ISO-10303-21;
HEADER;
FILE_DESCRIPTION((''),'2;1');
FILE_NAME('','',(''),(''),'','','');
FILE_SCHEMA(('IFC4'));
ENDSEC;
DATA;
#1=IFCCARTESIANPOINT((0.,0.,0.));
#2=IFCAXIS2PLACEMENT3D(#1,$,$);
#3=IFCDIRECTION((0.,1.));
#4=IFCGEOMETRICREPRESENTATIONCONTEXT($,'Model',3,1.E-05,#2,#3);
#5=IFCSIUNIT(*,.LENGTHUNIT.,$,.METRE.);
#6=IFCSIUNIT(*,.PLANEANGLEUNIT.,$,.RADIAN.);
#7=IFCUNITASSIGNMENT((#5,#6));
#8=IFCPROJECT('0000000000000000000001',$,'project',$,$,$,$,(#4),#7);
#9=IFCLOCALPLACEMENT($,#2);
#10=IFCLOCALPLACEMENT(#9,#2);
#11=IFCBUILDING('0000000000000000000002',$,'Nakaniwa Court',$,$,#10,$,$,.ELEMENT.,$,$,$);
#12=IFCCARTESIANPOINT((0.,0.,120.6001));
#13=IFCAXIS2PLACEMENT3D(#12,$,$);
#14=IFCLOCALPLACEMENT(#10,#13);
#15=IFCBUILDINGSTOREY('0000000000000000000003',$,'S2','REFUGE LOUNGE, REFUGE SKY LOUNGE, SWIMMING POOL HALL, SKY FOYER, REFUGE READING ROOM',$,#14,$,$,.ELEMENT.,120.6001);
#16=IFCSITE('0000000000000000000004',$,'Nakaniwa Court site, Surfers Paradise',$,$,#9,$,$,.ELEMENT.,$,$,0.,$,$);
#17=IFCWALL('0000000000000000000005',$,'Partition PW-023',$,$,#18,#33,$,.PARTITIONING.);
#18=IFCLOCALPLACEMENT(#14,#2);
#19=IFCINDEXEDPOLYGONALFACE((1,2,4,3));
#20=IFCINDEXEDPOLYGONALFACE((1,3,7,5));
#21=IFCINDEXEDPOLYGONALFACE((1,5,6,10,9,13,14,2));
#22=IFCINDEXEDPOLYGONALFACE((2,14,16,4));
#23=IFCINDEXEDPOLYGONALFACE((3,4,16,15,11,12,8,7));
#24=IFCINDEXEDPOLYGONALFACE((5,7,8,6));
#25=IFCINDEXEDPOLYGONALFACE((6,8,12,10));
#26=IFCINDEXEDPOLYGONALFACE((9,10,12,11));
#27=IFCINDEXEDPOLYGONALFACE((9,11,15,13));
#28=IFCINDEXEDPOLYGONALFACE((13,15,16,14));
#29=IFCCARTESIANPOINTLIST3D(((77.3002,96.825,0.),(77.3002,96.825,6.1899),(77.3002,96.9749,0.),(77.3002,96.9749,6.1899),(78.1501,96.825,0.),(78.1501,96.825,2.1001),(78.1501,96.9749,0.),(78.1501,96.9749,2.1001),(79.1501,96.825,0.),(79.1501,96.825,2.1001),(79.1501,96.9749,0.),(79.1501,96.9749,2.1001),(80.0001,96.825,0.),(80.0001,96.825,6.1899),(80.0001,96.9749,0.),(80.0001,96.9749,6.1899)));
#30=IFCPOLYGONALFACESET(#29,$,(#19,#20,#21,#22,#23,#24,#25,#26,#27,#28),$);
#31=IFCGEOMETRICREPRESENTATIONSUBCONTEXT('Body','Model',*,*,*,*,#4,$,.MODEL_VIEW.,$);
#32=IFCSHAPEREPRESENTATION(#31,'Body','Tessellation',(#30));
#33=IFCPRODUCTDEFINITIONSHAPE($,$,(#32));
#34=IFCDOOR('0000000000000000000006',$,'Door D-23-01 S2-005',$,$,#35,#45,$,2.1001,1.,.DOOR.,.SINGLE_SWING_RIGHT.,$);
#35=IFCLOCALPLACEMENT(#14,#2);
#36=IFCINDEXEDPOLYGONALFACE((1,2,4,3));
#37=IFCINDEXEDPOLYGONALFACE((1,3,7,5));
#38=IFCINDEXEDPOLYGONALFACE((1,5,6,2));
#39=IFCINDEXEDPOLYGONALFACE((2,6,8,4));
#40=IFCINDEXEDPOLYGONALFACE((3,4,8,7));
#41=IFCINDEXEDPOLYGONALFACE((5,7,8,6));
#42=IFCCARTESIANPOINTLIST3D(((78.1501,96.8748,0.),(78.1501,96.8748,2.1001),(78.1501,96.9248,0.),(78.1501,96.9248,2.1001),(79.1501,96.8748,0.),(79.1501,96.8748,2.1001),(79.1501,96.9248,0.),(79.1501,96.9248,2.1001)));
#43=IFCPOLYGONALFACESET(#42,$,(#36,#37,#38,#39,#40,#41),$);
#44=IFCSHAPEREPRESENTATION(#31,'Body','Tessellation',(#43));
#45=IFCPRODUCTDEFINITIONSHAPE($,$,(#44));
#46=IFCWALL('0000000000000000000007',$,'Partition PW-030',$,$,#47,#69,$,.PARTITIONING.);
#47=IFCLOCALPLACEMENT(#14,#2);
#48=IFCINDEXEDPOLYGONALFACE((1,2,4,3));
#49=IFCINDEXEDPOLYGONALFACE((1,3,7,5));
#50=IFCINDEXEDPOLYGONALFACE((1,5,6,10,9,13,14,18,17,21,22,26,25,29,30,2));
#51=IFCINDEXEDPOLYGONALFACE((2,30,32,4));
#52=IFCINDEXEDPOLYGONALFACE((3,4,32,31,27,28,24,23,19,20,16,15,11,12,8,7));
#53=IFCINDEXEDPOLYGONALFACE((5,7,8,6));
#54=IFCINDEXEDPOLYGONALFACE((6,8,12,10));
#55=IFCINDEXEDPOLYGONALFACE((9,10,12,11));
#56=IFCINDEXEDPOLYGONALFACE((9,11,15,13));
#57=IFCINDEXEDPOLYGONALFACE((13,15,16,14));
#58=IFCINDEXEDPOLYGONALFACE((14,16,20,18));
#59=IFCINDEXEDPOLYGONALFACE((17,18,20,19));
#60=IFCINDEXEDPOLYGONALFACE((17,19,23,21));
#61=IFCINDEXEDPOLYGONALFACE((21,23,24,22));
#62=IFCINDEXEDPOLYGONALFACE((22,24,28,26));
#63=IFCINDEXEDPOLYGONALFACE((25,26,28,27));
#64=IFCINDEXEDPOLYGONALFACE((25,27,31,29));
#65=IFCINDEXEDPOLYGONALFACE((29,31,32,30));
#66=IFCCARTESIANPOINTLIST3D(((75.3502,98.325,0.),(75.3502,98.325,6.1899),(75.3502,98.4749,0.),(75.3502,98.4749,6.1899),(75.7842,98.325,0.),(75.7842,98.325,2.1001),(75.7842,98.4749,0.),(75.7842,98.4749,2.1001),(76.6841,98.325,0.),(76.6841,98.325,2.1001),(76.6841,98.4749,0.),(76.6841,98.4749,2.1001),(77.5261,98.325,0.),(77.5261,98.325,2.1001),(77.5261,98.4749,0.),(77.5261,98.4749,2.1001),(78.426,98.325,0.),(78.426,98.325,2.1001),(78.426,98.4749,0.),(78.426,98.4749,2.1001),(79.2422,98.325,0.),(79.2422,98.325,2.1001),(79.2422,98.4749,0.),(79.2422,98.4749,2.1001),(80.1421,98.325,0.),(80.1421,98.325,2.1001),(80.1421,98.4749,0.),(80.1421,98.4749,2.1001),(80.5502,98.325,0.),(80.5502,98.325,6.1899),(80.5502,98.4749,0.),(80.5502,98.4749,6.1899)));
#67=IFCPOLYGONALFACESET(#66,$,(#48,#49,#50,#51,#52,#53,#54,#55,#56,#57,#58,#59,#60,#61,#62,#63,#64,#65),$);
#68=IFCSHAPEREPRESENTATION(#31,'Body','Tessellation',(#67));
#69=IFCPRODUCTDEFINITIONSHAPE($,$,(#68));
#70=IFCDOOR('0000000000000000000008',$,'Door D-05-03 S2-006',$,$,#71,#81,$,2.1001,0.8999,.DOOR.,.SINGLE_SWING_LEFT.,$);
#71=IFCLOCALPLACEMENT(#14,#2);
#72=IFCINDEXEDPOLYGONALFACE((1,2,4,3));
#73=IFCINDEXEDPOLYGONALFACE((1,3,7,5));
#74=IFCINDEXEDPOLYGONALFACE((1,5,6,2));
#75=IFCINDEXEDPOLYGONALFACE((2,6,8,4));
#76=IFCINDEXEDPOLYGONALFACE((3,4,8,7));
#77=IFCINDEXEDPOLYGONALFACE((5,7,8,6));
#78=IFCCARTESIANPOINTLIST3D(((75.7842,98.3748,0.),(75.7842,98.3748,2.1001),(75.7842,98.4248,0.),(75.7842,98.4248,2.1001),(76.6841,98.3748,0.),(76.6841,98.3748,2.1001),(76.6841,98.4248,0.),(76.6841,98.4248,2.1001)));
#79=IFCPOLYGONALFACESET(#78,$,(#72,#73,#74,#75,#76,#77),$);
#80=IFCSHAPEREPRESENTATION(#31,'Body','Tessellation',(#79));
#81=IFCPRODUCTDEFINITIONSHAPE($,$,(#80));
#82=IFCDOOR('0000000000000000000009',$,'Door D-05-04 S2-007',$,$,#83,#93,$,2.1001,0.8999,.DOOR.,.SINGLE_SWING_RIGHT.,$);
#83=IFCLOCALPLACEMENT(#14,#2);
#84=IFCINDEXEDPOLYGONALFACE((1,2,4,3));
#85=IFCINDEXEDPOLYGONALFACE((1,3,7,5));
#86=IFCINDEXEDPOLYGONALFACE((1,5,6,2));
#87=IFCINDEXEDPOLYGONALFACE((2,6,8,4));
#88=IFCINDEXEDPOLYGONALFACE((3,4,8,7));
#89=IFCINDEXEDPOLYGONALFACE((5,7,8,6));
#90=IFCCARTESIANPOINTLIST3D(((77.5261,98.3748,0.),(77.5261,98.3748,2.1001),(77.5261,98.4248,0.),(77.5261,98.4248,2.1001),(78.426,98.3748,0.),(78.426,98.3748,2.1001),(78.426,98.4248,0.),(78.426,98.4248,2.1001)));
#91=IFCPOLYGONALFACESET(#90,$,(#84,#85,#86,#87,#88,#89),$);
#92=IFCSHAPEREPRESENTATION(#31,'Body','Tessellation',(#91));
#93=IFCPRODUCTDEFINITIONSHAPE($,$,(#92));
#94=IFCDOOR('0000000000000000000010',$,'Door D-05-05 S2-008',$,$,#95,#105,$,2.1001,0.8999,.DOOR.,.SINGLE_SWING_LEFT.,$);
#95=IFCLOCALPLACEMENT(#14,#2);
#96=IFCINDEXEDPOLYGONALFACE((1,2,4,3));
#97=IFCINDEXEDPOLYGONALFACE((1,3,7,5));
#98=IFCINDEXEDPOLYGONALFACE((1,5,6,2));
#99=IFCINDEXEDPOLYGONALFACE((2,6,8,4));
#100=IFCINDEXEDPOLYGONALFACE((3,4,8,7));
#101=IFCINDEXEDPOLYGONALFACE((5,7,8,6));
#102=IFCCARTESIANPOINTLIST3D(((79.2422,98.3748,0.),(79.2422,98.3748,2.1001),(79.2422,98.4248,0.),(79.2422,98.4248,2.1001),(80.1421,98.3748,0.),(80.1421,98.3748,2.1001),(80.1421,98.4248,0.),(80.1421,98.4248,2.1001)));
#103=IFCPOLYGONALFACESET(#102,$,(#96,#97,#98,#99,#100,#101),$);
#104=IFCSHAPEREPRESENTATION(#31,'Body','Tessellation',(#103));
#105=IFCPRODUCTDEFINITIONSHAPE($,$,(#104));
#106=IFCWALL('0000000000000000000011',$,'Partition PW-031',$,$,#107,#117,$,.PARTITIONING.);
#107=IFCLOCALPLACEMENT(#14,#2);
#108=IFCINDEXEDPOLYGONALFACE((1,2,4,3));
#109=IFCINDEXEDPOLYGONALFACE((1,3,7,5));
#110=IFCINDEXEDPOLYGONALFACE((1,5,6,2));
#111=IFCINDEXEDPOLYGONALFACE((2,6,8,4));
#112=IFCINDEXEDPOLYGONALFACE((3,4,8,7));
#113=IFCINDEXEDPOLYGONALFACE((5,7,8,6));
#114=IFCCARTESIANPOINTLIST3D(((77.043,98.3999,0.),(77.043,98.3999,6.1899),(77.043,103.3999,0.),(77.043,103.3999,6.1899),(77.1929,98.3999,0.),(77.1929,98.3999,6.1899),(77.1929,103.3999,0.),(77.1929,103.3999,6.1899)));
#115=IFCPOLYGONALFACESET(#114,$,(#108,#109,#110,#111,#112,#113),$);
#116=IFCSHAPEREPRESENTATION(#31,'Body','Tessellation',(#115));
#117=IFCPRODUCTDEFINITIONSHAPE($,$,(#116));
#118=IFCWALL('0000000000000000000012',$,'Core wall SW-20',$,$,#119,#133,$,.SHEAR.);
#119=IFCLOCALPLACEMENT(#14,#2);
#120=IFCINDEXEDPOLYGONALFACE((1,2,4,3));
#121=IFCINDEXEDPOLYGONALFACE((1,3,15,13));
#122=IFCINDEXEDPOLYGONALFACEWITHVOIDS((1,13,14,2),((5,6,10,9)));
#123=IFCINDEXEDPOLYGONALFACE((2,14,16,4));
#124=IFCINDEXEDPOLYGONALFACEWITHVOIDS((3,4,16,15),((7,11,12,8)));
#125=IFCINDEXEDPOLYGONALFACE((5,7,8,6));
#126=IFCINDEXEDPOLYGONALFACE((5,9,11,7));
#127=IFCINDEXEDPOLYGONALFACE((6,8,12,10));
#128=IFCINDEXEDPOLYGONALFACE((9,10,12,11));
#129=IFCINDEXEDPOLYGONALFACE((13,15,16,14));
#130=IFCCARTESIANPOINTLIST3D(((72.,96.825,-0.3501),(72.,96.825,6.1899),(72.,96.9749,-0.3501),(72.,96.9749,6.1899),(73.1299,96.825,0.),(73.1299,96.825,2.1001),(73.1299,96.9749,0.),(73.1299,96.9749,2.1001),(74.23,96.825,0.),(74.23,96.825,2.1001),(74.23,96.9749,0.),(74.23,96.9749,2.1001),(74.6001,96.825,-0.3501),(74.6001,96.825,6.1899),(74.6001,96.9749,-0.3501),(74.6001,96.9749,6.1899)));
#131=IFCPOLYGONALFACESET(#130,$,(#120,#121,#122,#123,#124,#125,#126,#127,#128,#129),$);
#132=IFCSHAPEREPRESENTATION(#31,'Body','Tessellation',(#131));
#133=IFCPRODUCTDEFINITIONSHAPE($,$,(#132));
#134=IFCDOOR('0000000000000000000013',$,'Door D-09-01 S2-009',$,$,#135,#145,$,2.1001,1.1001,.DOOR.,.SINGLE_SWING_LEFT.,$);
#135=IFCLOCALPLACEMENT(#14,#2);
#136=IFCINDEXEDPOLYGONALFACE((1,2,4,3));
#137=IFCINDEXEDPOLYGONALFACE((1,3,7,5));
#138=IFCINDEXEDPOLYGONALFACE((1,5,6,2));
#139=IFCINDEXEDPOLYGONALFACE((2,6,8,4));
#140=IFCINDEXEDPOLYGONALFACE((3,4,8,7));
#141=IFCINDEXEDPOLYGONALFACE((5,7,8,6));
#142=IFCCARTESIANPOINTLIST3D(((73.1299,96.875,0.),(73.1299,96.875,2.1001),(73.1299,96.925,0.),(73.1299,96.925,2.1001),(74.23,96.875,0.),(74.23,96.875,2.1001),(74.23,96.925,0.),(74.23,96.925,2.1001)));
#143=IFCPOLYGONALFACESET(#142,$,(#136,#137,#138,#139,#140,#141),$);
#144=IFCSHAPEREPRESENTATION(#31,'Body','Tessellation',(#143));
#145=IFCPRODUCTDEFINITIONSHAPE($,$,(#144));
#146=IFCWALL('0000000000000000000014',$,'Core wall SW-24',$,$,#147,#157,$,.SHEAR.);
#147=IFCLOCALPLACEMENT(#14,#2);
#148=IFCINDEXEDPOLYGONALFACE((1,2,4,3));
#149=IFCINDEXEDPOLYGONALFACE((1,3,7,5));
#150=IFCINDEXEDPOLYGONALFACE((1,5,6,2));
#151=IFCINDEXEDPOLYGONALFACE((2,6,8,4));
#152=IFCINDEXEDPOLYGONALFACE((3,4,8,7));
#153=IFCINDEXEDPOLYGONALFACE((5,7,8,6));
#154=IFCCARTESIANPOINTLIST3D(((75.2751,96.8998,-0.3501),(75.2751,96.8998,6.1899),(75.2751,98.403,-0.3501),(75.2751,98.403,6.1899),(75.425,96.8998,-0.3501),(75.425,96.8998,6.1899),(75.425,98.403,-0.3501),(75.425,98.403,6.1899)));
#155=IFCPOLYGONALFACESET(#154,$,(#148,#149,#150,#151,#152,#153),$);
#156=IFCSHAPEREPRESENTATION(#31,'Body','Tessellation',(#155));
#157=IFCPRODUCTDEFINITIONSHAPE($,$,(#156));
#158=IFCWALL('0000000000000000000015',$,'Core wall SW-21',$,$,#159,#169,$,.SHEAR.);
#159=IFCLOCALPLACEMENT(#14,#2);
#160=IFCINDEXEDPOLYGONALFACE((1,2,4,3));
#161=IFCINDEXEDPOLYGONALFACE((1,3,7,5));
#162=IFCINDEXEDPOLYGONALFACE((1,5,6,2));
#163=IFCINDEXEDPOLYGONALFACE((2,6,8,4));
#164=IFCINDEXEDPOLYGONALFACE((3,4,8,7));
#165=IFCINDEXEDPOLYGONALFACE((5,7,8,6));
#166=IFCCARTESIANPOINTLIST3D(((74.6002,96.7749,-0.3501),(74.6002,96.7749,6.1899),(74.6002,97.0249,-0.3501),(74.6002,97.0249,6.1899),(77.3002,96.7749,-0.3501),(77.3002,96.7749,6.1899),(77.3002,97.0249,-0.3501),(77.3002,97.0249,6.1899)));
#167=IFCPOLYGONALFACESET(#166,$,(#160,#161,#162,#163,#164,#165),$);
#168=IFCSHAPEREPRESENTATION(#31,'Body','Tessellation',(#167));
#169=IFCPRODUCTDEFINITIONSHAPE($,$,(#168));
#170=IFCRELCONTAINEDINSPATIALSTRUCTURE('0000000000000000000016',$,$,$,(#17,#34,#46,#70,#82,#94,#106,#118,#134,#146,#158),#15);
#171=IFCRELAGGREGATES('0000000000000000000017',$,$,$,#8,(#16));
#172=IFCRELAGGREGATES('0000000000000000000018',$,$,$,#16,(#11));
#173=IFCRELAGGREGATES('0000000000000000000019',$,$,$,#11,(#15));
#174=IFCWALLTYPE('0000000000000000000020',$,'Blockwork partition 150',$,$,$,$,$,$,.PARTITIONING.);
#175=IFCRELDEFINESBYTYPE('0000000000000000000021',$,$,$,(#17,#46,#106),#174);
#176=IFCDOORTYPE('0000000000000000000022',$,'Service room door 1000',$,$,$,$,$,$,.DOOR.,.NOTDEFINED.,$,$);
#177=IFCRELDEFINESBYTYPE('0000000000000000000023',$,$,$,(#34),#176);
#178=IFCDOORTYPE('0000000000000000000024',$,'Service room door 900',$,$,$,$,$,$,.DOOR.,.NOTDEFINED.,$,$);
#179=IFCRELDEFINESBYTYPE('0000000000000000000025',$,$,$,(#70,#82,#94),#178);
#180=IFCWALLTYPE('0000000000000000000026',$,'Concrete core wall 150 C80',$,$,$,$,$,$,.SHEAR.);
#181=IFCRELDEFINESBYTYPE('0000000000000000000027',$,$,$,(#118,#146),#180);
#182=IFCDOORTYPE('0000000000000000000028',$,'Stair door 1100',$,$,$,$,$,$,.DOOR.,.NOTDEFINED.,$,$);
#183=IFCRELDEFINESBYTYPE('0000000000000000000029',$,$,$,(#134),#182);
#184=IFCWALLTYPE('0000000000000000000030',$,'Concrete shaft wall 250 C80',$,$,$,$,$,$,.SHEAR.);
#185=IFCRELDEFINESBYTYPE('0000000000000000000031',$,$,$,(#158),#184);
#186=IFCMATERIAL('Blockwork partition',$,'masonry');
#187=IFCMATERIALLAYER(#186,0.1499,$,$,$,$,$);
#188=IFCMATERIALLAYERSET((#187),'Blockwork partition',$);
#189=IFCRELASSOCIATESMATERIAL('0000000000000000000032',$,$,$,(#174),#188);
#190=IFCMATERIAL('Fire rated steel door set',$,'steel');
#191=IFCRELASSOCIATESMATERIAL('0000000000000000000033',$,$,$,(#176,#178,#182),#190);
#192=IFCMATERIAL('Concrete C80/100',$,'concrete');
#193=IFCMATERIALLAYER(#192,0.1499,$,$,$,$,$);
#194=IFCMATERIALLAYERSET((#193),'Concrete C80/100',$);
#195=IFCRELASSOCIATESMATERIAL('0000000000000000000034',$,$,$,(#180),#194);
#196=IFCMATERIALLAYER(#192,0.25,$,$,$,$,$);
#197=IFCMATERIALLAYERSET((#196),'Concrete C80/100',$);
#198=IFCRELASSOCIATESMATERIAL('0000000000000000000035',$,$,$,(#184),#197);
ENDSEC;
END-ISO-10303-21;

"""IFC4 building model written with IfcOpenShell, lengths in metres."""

from ifc_helpers import new_model, si_unit, direction, frame, frame_2d, origin, place, context, subcontext, project, spatial, rectangle, extrude, material, layer, layer_set, type_object, element, fill, save


model = new_model("IFC4")

# Units and contexts
model_context = context("Model", 3, precision=1e-05, world=origin(), true_north=direction((0.0, 1.0)))
body_context = subcontext(model_context, "Body", "Model", "MODEL_VIEW")
ifc_project = project(units=[si_unit("LENGTHUNIT", "METRE"), si_unit("PLANEANGLEUNIT", "RADIAN")], contexts=[model_context])

# Site, building, storey
site_placement = place(None, origin())
site = spatial("IfcSite", under=ifc_project, at=site_placement, Name="Nakaniwa Court site, Surfers Paradise", CompositionType="ELEMENT", RefElevation=0.0)
building_placement = place(site_placement, origin())
building = spatial("IfcBuilding", under=site, at=building_placement, Name="Nakaniwa Court", CompositionType="ELEMENT")
storey_placement = place(building_placement, frame((0.0, 0.0, 120.6001)))
storey = spatial("IfcBuildingStorey", under=building, at=storey_placement, Name="S2", Description="REFUGE LOUNGE, REFUGE SKY LOUNGE, SWIMMING POOL HALL, SKY FOYER, REFUGE READING ROOM", CompositionType="ELEMENT", Elevation=120.6001)

# Wall, opening, door
ifc_material_1 = material(Name="Blockwork partition", Category="masonry")
ifc_layer_1 = layer(ifc_material_1, 0.1499)
ifc_layer_set_1 = layer_set([ifc_layer_1], Name="Blockwork partition")
wall_type_1 = type_object("IfcWallType", Name="Blockwork partition 150", PredefinedType="PARTITIONING", material=ifc_layer_set_1)
wall_1_placement = place(storey_placement, frame((77.3, 96.8999, 0.0), z_axis=(0.0, 0.0, 1.0), x_axis=(1.0, 0.0, 0.0)))
wall_1 = element("IfcWall", 1, at=wall_1_placement, inside=storey, type_object=wall_type_1, Name="Partition PW-023", PredefinedType="PARTITIONING", context=body_context, shape_type="SweptSolid", body=[
    extrude(rectangle(XDim=2.7, YDim=0.1499, at=frame_2d((1.3501, 0.0))), origin(), (0.0, 0.0, 1.0), 6.1899),
])
opening_1_placement = place(wall_1_placement, frame((0.8501, 0.0, 0.0)))
opening_1 = element("IfcOpeningElement", 2, at=opening_1_placement, cuts=wall_1, PredefinedType="OPENING", context=body_context, shape_type="SweptSolid", body=[
    extrude(rectangle(XDim=1.0, YDim=2.1001, at=frame_2d((0.5, 1.05))), frame((0.0, 0.085, 0.0), z_axis=(0.0, -1.0, 0.0), x_axis=(1.0, 0.0, 0.0)), (0.0, 0.0, 1.0), 0.1699),
])
ifc_material_2 = material(Name="Fire rated steel door set", Category="steel")
door_type_1 = type_object("IfcDoorType", Name="Service room door 1000", OperationType="NOTDEFINED", PredefinedType="DOOR", material=ifc_material_2)
door_1_placement = place(opening_1_placement, origin())
door_1 = element("IfcDoor", 3, at=door_1_placement, inside=storey, type_object=door_type_1, Name="Door D-23-01 S2-005", OperationType="SINGLE_SWING_RIGHT", OverallHeight=2.1001, OverallWidth=1.0, PredefinedType="DOOR", context=body_context, shape_type="SweptSolid", body=[
    extrude(rectangle(XDim=1.0, YDim=2.1001, at=frame_2d((0.5, 1.05))), frame((0.0, 0.0249, 0.0), z_axis=(0.0, -1.0, 0.0), x_axis=(1.0, 0.0, 0.0)), (0.0, 0.0, 1.0), 0.05),
])
fill(opening_1, door_1)

# Wall, openings, doors
wall_2_placement = place(storey_placement, frame((75.3501, 98.3999, 0.0), z_axis=(0.0, 0.0, 1.0), x_axis=(1.0, 0.0, 0.0)))
wall_2 = element("IfcWall", 4, at=wall_2_placement, inside=storey, type_object=wall_type_1, Name="Partition PW-030", PredefinedType="PARTITIONING", context=body_context, shape_type="SweptSolid", body=[
    extrude(rectangle(XDim=5.2, YDim=0.1499, at=frame_2d((2.6001, 0.0))), origin(), (0.0, 0.0, 1.0), 6.1899),
])
opening_2_placement = place(wall_2_placement, frame((0.4341, 0.0, 0.0)))
opening_2 = element("IfcOpeningElement", 5, at=opening_2_placement, cuts=wall_2, PredefinedType="OPENING", context=body_context, shape_type="SweptSolid", body=[
    extrude(rectangle(XDim=0.8999, YDim=2.1001, at=frame_2d((0.45, 1.05))), frame((0.0, 0.085, 0.0), z_axis=(0.0, -1.0, 0.0), x_axis=(1.0, 0.0, 0.0)), (0.0, 0.0, 1.0), 0.1699),
])
opening_3_placement = place(wall_2_placement, frame((2.176, 0.0, 0.0)))
opening_3 = element("IfcOpeningElement", 6, at=opening_3_placement, cuts=wall_2, PredefinedType="OPENING", context=body_context, shape_type="SweptSolid", body=[
    extrude(rectangle(XDim=0.8999, YDim=2.1001, at=frame_2d((0.45, 1.05))), frame((0.0, 0.085, 0.0), z_axis=(0.0, -1.0, 0.0), x_axis=(1.0, 0.0, 0.0)), (0.0, 0.0, 1.0), 0.1699),
])
opening_4_placement = place(wall_2_placement, frame((3.8921, 0.0, 0.0)))
opening_4 = element("IfcOpeningElement", 7, at=opening_4_placement, cuts=wall_2, PredefinedType="OPENING", context=body_context, shape_type="SweptSolid", body=[
    extrude(rectangle(XDim=0.8999, YDim=2.1001, at=frame_2d((0.45, 1.05))), frame((0.0, 0.085, 0.0), z_axis=(0.0, -1.0, 0.0), x_axis=(1.0, 0.0, 0.0)), (0.0, 0.0, 1.0), 0.1699),
])
door_type_2 = type_object("IfcDoorType", Name="Service room door 900", OperationType="NOTDEFINED", PredefinedType="DOOR", material=ifc_material_2)
door_2_placement = place(opening_2_placement, origin())
door_2 = element("IfcDoor", 8, at=door_2_placement, inside=storey, type_object=door_type_2, Name="Door D-05-03 S2-006", OperationType="SINGLE_SWING_LEFT", OverallHeight=2.1001, OverallWidth=0.8999, PredefinedType="DOOR", context=body_context, shape_type="SweptSolid", body=[
    extrude(rectangle(XDim=0.8999, YDim=2.1001, at=frame_2d((0.45, 1.05))), frame((0.0, 0.0249, 0.0), z_axis=(0.0, -1.0, 0.0), x_axis=(1.0, 0.0, 0.0)), (0.0, 0.0, 1.0), 0.05),
])
fill(opening_2, door_2)
door_3_placement = place(opening_3_placement, origin())
door_3 = element("IfcDoor", 9, at=door_3_placement, inside=storey, type_object=door_type_2, Name="Door D-05-04 S2-007", OperationType="SINGLE_SWING_RIGHT", OverallHeight=2.1001, OverallWidth=0.8999, PredefinedType="DOOR", context=body_context, shape_type="SweptSolid", body=[
    extrude(rectangle(XDim=0.8999, YDim=2.1001, at=frame_2d((0.45, 1.05))), frame((0.0, 0.0249, 0.0), z_axis=(0.0, -1.0, 0.0), x_axis=(1.0, 0.0, 0.0)), (0.0, 0.0, 1.0), 0.05),
])
fill(opening_3, door_3)
door_4_placement = place(opening_4_placement, origin())
door_4 = element("IfcDoor", 10, at=door_4_placement, inside=storey, type_object=door_type_2, Name="Door D-05-05 S2-008", OperationType="SINGLE_SWING_LEFT", OverallHeight=2.1001, OverallWidth=0.8999, PredefinedType="DOOR", context=body_context, shape_type="SweptSolid", body=[
    extrude(rectangle(XDim=0.8999, YDim=2.1001, at=frame_2d((0.45, 1.05))), frame((0.0, 0.0249, 0.0), z_axis=(0.0, -1.0, 0.0), x_axis=(1.0, 0.0, 0.0)), (0.0, 0.0, 1.0), 0.05),
])
fill(opening_4, door_4)

# Wall
wall_3_placement = place(storey_placement, frame((77.1179, 98.3999, 0.0), z_axis=(0.0, 0.0, 1.0), x_axis=(0.0, 1.0, 0.0)))
element("IfcWall", 11, at=wall_3_placement, inside=storey, type_object=wall_type_1, Name="Partition PW-031", PredefinedType="PARTITIONING", context=body_context, shape_type="SweptSolid", body=[
    extrude(rectangle(XDim=5.0, YDim=0.1499, at=frame_2d((2.5, 0.0))), origin(), (0.0, 0.0, 1.0), 6.1899),
])

# Wall, opening, door
ifc_material_3 = material(Name="Concrete C80/100", Category="concrete")
ifc_layer_2 = layer(ifc_material_3, 0.1499)
ifc_layer_set_2 = layer_set([ifc_layer_2], Name="Concrete C80/100")
wall_type_2 = type_object("IfcWallType", Name="Concrete core wall 150 C80", PredefinedType="SHEAR", material=ifc_layer_set_2)
wall_4_placement = place(storey_placement, frame((74.6001, 96.8999, -0.3501), z_axis=(0.0, 0.0, 1.0), x_axis=(-1.0, 0.0, 0.0)))
wall_4 = element("IfcWall", 12, at=wall_4_placement, inside=storey, type_object=wall_type_2, Name="Core wall SW-20", PredefinedType="SHEAR", context=body_context, shape_type="SweptSolid", body=[
    extrude(rectangle(XDim=2.6001, YDim=0.1499, at=frame_2d((1.3, 0.0))), origin(), (0.0, 0.0, 1.0), 6.54),
])
opening_5_placement = place(wall_4_placement, frame((0.3701, 0.0, 0.3501)))
opening_5 = element("IfcOpeningElement", 13, at=opening_5_placement, cuts=wall_4, PredefinedType="OPENING", context=body_context, shape_type="SweptSolid", body=[
    extrude(rectangle(XDim=1.1001, YDim=2.1001, at=frame_2d((0.55, 1.05))), frame((0.0, 0.085, 0.0), z_axis=(0.0, -1.0, 0.0), x_axis=(1.0, 0.0, 0.0)), (0.0, 0.0, 1.0), 0.1699),
])
door_type_3 = type_object("IfcDoorType", Name="Stair door 1100", OperationType="NOTDEFINED", PredefinedType="DOOR", material=ifc_material_2)
door_5_placement = place(opening_5_placement, origin())
door_5 = element("IfcDoor", 14, at=door_5_placement, inside=storey, type_object=door_type_3, Name="Door D-09-01 S2-009", OperationType="SINGLE_SWING_LEFT", OverallHeight=2.1001, OverallWidth=1.1001, PredefinedType="DOOR", context=body_context, shape_type="SweptSolid", body=[
    extrude(rectangle(XDim=1.1001, YDim=2.1001, at=frame_2d((0.55, 1.05))), frame((0.0, 0.0249, 0.0), z_axis=(0.0, -1.0, 0.0), x_axis=(1.0, 0.0, 0.0)), (0.0, 0.0, 1.0), 0.05),
])
fill(opening_5, door_5)

# Walls
wall_5_placement = place(storey_placement, frame((75.3501, 96.8999, -0.3501), z_axis=(0.0, 0.0, 1.0), x_axis=(0.0, 1.0, 0.0)))
element("IfcWall", 15, at=wall_5_placement, inside=storey, type_object=wall_type_2, Name="Core wall SW-24", PredefinedType="SHEAR", context=body_context, shape_type="SweptSolid", body=[
    extrude(rectangle(XDim=1.5032, YDim=0.1499, at=frame_2d((0.7515, 0.0))), origin(), (0.0, 0.0, 1.0), 6.54),
])
ifc_layer_3 = layer(ifc_material_3, 0.25)
ifc_layer_set_3 = layer_set([ifc_layer_3], Name="Concrete C80/100")
wall_type_3 = type_object("IfcWallType", Name="Concrete shaft wall 250 C80", PredefinedType="SHEAR", material=ifc_layer_set_3)
wall_6_placement = place(storey_placement, frame((74.6001, 96.8999, -0.3501), z_axis=(0.0, 0.0, 1.0), x_axis=(1.0, 0.0, 0.0)))
element("IfcWall", 16, at=wall_6_placement, inside=storey, type_object=wall_type_3, Name="Core wall SW-21", PredefinedType="SHEAR", context=body_context, shape_type="SweptSolid", body=[
    extrude(rectangle(XDim=2.7, YDim=0.25, at=frame_2d((1.3501, 0.0))), origin(), (0.0, 0.0, 1.0), 6.54),
])

save(model, "model.ifc")
